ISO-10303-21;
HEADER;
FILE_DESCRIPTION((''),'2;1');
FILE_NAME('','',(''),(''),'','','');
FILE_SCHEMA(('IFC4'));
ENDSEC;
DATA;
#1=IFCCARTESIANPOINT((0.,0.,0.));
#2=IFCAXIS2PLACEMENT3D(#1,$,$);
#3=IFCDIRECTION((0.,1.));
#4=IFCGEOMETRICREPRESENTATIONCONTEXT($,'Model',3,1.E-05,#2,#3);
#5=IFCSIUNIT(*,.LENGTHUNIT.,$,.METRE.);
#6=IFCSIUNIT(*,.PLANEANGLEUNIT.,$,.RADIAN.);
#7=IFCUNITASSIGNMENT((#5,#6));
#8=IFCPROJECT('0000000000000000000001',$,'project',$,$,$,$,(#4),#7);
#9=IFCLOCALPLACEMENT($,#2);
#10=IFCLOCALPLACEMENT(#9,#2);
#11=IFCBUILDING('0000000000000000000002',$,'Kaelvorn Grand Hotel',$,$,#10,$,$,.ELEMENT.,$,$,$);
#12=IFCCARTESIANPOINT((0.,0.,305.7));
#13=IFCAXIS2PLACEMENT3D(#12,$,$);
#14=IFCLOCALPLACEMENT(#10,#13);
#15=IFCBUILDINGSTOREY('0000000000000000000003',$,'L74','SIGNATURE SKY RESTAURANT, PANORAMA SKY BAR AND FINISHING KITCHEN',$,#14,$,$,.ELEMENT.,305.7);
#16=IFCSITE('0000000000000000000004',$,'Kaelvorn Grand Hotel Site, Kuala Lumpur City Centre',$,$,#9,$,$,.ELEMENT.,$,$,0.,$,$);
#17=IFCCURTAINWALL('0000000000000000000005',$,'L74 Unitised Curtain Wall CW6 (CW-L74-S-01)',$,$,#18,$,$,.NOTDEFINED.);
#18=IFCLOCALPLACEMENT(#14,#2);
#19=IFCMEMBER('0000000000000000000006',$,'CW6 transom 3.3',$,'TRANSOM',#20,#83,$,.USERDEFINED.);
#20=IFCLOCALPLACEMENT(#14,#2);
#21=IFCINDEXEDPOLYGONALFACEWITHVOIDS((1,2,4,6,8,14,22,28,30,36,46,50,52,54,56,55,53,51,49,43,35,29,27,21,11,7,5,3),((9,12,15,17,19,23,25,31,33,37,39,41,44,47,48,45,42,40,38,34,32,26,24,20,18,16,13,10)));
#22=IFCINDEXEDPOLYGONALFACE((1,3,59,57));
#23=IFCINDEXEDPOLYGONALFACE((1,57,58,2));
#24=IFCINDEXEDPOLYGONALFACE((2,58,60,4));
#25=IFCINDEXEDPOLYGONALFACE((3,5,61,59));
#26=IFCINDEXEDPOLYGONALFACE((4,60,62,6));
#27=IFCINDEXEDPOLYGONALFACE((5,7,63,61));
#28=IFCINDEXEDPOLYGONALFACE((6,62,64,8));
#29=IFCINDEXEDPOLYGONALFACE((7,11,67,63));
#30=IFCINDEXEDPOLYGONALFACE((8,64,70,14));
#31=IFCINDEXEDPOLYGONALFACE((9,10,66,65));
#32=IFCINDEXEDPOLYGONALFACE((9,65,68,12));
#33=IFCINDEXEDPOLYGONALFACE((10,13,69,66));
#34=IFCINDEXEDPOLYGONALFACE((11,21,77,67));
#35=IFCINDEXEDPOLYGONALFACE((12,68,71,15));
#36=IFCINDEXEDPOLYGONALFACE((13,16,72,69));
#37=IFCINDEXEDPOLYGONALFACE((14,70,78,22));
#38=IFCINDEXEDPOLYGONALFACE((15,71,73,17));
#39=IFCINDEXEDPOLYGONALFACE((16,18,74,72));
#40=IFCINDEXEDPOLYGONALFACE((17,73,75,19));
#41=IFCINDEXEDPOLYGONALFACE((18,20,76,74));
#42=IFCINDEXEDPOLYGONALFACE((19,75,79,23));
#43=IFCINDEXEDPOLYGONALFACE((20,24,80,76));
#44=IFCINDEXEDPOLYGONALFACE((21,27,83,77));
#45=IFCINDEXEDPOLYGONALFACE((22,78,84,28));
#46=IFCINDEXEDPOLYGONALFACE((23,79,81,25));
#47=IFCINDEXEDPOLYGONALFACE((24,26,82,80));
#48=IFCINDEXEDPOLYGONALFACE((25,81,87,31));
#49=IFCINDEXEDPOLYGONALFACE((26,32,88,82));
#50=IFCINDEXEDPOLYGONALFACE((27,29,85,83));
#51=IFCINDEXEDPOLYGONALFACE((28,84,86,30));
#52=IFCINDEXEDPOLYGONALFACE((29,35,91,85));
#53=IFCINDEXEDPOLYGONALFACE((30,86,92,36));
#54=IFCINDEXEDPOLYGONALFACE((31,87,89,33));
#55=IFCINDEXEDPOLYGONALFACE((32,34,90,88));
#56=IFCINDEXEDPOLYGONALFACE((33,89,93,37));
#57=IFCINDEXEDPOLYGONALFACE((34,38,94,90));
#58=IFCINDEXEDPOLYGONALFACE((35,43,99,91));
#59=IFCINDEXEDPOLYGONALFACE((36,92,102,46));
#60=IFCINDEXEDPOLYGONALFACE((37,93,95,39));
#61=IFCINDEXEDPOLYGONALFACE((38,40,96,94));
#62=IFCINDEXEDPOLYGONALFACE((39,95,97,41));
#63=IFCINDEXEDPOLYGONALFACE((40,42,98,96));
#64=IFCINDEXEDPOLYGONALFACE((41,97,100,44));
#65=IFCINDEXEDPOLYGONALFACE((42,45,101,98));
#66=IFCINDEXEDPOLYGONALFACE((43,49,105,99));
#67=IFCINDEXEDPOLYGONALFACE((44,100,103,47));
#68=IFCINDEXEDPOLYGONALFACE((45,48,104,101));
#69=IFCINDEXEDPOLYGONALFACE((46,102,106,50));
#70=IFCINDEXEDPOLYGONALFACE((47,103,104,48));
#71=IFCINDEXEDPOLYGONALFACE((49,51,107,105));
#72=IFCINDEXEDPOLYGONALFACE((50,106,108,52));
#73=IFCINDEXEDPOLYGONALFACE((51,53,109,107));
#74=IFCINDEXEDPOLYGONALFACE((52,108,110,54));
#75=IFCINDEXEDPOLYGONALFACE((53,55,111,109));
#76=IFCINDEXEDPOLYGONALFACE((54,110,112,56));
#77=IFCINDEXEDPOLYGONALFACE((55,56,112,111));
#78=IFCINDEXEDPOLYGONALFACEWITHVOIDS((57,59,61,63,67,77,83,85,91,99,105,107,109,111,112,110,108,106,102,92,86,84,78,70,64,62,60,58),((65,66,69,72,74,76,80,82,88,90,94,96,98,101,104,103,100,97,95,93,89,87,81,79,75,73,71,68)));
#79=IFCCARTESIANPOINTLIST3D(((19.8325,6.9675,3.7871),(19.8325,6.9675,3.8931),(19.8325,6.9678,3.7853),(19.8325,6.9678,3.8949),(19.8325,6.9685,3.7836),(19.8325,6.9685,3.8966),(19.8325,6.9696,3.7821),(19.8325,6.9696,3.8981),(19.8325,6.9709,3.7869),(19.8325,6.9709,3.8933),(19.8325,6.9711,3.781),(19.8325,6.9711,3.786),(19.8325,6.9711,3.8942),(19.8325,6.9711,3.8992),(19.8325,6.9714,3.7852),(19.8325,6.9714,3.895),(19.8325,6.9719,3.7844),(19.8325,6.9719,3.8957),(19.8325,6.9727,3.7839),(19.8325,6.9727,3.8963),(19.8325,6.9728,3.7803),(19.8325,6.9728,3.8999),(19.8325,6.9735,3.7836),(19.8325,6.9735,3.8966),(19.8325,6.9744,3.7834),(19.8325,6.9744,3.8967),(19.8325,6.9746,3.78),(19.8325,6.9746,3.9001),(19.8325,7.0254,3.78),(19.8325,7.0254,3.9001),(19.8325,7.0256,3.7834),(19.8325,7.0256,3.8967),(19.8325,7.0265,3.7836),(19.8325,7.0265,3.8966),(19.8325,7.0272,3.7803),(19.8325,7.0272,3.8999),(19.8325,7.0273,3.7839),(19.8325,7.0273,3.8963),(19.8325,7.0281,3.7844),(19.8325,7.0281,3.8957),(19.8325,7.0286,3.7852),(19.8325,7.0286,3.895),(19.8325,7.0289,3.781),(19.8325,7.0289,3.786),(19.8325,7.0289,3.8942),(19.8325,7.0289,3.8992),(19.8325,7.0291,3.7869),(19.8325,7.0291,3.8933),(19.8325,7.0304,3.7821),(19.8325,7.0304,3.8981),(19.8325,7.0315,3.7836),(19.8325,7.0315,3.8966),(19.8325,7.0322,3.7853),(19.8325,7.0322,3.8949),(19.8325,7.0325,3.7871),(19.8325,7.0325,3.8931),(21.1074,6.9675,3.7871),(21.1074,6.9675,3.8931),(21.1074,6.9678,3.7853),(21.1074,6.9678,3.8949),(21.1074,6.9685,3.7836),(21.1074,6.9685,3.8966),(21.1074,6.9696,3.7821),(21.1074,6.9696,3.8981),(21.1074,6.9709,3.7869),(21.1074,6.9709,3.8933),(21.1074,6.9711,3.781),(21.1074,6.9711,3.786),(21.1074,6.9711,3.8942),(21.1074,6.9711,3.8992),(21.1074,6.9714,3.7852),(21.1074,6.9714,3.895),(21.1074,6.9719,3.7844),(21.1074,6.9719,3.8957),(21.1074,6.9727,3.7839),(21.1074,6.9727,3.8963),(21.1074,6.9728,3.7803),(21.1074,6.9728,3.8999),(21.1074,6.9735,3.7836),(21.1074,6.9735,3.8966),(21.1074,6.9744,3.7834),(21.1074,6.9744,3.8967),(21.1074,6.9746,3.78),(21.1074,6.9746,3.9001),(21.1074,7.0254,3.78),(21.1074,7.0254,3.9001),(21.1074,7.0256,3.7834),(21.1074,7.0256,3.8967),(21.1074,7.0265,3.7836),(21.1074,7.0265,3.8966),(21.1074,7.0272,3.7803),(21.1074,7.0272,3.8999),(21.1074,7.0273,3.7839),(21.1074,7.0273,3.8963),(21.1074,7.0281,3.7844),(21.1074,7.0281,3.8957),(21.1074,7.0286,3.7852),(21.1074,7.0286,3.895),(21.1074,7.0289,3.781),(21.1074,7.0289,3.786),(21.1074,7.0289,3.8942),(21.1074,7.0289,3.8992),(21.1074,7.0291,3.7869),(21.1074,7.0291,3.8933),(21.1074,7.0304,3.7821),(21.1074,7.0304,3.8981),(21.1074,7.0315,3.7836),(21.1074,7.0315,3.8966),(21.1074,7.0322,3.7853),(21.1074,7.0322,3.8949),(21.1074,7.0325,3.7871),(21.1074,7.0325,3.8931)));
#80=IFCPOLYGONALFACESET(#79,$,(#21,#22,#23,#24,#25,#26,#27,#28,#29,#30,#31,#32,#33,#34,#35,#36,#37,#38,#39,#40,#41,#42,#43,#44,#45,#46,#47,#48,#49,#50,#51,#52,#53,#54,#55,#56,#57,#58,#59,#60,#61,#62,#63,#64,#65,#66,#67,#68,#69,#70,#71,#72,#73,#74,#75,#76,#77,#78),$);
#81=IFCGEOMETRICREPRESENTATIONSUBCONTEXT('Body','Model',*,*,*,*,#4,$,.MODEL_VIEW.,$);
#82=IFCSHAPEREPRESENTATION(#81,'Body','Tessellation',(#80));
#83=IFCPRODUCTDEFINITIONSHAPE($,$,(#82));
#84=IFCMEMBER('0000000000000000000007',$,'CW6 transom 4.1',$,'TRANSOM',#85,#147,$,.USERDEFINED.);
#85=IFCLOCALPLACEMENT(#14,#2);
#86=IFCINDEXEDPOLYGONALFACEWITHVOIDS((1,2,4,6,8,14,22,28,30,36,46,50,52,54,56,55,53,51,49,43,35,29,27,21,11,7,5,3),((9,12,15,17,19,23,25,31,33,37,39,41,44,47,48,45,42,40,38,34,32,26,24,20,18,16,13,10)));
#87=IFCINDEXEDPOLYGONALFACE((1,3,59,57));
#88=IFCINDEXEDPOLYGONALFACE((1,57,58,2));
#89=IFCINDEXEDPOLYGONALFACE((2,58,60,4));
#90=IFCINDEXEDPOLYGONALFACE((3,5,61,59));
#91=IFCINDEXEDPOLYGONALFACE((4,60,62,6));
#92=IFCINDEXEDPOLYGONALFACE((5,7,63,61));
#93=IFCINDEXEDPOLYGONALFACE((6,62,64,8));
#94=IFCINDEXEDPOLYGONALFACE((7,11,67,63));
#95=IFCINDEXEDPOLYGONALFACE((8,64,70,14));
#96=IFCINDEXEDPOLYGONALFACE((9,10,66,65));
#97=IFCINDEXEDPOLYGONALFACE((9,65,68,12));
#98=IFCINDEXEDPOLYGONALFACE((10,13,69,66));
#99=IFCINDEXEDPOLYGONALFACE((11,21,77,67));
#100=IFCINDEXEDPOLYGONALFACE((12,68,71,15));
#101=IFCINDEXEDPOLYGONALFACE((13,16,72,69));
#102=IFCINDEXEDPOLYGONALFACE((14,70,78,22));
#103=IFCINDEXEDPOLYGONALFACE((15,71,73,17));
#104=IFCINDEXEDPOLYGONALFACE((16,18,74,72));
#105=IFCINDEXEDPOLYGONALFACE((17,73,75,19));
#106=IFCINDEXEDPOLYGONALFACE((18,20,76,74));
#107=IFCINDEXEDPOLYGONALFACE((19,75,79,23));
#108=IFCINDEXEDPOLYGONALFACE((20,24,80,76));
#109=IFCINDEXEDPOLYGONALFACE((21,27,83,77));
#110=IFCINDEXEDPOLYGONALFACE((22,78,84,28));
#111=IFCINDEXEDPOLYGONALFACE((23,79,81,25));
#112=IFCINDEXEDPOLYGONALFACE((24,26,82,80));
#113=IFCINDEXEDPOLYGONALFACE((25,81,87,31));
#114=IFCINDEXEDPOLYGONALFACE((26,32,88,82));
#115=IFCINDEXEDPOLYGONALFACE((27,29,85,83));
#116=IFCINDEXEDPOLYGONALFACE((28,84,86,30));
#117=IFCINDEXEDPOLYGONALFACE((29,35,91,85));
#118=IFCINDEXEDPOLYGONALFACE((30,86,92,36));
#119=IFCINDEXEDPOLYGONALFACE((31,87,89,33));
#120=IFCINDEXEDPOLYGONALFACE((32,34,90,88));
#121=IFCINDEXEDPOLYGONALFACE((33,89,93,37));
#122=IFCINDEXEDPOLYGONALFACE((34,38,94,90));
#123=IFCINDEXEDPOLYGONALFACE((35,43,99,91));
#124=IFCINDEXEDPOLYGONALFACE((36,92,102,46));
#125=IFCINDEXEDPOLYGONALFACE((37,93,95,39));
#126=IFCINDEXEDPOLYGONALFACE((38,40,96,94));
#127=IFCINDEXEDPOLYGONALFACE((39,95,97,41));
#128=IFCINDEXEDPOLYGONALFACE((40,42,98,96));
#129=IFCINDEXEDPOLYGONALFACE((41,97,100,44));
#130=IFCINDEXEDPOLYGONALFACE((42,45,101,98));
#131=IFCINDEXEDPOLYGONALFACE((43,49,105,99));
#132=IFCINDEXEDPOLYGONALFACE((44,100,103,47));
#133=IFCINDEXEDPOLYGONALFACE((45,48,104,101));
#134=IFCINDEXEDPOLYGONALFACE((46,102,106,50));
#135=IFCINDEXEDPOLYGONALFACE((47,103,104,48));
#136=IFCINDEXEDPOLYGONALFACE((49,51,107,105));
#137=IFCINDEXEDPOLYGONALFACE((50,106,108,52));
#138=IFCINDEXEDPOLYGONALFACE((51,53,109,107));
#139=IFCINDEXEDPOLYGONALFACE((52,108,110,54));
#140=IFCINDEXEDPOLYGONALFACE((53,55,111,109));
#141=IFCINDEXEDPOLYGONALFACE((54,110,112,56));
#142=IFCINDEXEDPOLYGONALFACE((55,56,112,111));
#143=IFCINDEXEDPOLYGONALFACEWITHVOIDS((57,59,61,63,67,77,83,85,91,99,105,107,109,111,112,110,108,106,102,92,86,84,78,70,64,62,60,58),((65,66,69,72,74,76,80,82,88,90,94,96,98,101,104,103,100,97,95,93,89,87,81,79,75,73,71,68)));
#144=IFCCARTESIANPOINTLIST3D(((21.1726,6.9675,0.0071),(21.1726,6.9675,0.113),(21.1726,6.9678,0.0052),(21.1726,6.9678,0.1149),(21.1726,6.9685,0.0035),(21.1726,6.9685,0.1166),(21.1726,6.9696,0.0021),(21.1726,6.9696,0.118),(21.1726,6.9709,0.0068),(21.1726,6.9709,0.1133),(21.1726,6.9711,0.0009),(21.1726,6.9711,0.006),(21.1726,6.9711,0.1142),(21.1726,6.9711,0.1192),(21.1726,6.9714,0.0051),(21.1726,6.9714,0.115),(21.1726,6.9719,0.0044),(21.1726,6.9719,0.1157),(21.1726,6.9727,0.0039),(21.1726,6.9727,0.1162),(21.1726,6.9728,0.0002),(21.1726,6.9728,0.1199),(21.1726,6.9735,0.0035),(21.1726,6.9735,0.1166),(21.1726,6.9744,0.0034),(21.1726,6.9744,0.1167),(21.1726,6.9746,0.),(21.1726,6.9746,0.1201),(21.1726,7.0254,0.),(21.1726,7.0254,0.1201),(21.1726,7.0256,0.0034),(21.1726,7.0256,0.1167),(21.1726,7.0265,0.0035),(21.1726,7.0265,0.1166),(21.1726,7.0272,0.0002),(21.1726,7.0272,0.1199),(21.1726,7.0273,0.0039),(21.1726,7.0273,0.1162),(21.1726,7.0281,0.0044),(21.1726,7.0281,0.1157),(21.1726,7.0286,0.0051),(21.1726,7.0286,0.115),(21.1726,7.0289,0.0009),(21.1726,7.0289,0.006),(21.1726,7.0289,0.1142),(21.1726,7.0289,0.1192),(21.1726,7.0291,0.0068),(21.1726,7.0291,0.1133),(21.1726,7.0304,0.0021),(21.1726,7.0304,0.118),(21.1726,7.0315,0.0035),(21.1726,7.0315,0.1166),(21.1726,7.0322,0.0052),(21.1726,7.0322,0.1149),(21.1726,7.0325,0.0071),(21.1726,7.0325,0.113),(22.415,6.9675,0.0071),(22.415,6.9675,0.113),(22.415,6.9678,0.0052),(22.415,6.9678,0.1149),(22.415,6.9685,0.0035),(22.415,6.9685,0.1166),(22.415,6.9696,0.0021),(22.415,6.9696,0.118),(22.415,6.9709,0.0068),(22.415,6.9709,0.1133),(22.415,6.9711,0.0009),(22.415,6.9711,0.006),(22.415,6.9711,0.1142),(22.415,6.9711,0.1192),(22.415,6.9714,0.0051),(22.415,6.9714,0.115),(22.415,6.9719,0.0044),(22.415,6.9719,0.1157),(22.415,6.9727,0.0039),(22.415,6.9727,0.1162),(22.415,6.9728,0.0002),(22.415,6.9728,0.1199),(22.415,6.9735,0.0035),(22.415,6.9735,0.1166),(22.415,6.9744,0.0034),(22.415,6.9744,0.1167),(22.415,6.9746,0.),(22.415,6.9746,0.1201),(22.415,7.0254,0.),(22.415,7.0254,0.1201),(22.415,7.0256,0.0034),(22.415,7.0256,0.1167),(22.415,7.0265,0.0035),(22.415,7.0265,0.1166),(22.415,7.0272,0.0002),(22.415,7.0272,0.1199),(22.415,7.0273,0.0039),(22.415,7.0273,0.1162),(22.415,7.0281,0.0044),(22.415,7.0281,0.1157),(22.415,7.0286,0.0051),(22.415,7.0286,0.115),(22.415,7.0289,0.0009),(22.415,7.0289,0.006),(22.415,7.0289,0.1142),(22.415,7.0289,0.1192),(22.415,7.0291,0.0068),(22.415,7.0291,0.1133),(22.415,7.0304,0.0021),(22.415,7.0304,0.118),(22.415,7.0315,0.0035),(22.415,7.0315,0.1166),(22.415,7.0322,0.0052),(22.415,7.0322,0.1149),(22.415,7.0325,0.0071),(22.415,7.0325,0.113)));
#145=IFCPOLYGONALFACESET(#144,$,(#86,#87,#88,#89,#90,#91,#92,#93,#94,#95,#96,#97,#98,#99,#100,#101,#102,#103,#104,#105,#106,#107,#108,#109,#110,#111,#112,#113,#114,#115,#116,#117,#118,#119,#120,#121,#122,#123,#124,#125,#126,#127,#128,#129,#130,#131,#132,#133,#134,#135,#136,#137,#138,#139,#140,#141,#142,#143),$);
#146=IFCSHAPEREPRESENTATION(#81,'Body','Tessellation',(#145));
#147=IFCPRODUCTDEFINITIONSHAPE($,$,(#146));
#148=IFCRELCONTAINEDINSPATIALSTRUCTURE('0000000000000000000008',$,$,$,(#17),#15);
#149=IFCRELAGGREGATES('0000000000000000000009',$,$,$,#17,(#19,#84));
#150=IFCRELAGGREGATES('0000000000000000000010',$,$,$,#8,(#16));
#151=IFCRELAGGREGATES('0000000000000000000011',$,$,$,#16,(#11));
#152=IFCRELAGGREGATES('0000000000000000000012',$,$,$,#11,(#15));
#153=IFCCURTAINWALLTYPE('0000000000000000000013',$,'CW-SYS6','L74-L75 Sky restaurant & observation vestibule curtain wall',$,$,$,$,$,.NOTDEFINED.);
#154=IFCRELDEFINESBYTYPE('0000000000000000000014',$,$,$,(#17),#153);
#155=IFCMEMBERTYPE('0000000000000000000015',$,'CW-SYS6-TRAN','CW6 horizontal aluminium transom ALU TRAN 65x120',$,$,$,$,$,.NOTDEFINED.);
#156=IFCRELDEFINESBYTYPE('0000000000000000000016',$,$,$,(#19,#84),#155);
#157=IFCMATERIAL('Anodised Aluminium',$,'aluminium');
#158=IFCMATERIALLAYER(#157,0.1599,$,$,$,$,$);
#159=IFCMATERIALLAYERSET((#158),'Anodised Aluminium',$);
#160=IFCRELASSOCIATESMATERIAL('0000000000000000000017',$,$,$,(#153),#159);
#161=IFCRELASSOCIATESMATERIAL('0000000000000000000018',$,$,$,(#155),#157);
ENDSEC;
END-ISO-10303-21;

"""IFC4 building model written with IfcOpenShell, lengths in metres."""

from ifc_helpers import new_model, si_unit, direction, frame, origin, origin_2d, place, context, subcontext, project, spatial, hollow_rectangle, extrude, material, layer, layer_set, material_profile, profile_set, type_object, element, aggregate, save


model = new_model("IFC4")

# Units and contexts
model_context = context("Model", 3, precision=1e-05, world=origin(), true_north=direction((0.0, 1.0)))
body_context = subcontext(model_context, "Body", "Model", "MODEL_VIEW")
ifc_project = project(units=[si_unit("LENGTHUNIT", "METRE"), si_unit("PLANEANGLEUNIT", "RADIAN")], contexts=[model_context])

# Site, building, storey
site_placement = place(None, origin())
site = spatial("IfcSite", under=ifc_project, at=site_placement, Name="Kaelvorn Grand Hotel Site, Kuala Lumpur City Centre", CompositionType="ELEMENT", RefElevation=0.0)
building_placement = place(site_placement, origin())
building = spatial("IfcBuilding", under=site, at=building_placement, Name="Kaelvorn Grand Hotel", CompositionType="ELEMENT")
storey_placement = place(building_placement, frame((0.0, 0.0, 305.7)))
storey = spatial("IfcBuildingStorey", under=building, at=storey_placement, Name="L74", Description="SIGNATURE SKY RESTAURANT, PANORAMA SKY BAR AND FINISHING KITCHEN", CompositionType="ELEMENT", Elevation=305.7)

# Curtain wall, members
ifc_material_1 = material(Name="Anodised Aluminium", Category="aluminium")
ifc_layer_1 = layer(ifc_material_1, 0.1599)
ifc_layer_set_1 = layer_set([ifc_layer_1], Name="Anodised Aluminium")
curtain_wall_type = type_object("IfcCurtainWallType", Name="CW-SYS6", Description="L74-L75 Sky restaurant & observation vestibule curtain wall", PredefinedType="NOTDEFINED", material=ifc_layer_set_1)
curtain_wall_placement = place(storey_placement, origin())
curtain_wall = element("IfcCurtainWall", 1, at=curtain_wall_placement, inside=storey, type_object=curtain_wall_type, Name="L74 Unitised Curtain Wall CW6 (CW-L74-S-01)", PredefinedType="NOTDEFINED")
ifc_material_profile_1 = material_profile(ifc_material_1, hollow_rectangle(XDim=0.0649, YDim=0.1201, WallThickness=0.0034, InnerFilletRadius=0.0034, OuterFilletRadius=0.0071, at=origin_2d()), Name="ALU TRAN 65x120")
ifc_profile_set_1 = profile_set([ifc_material_profile_1], Name="Anodised Aluminium")
member_type_1 = type_object("IfcMemberType", Name="CW-SYS6-TRAN", Description="CW6 horizontal aluminium transom ALU TRAN 65x120", PredefinedType="NOTDEFINED", material=ifc_profile_set_1)
member_1_placement = place(storey_placement, frame((19.8325, 7.0, 3.8401), z_axis=(1.0, 0.0, 0.0), x_axis=(0.0, 1.0, 0.0)))
member_1 = element("IfcMember", 2, at=member_1_placement, type_object=member_type_1, Name="CW6 transom 3.3", ObjectType="TRANSOM", PredefinedType="USERDEFINED", context=body_context, shape_type="SweptSolid", body=[
    extrude(hollow_rectangle(XDim=0.0649, YDim=0.1201, WallThickness=0.0034, InnerFilletRadius=0.0034, OuterFilletRadius=0.0071, at=origin_2d()), origin(), (0.0, 0.0, 1.0), 1.2749),
])
member_2_placement = place(storey_placement, frame((21.1726, 7.0, 0.0601), z_axis=(1.0, 0.0, 0.0), x_axis=(0.0, 1.0, 0.0)))
member_2 = element("IfcMember", 3, at=member_2_placement, type_object=member_type_1, Name="CW6 transom 4.1", ObjectType="TRANSOM", PredefinedType="USERDEFINED", context=body_context, shape_type="SweptSolid", body=[
    extrude(hollow_rectangle(XDim=0.0649, YDim=0.1201, WallThickness=0.0034, InnerFilletRadius=0.0034, OuterFilletRadius=0.0071, at=origin_2d()), origin(), (0.0, 0.0, 1.0), 1.2424),
])
aggregate(curtain_wall, [member_1, member_2])

save(model, "model.ifc")
